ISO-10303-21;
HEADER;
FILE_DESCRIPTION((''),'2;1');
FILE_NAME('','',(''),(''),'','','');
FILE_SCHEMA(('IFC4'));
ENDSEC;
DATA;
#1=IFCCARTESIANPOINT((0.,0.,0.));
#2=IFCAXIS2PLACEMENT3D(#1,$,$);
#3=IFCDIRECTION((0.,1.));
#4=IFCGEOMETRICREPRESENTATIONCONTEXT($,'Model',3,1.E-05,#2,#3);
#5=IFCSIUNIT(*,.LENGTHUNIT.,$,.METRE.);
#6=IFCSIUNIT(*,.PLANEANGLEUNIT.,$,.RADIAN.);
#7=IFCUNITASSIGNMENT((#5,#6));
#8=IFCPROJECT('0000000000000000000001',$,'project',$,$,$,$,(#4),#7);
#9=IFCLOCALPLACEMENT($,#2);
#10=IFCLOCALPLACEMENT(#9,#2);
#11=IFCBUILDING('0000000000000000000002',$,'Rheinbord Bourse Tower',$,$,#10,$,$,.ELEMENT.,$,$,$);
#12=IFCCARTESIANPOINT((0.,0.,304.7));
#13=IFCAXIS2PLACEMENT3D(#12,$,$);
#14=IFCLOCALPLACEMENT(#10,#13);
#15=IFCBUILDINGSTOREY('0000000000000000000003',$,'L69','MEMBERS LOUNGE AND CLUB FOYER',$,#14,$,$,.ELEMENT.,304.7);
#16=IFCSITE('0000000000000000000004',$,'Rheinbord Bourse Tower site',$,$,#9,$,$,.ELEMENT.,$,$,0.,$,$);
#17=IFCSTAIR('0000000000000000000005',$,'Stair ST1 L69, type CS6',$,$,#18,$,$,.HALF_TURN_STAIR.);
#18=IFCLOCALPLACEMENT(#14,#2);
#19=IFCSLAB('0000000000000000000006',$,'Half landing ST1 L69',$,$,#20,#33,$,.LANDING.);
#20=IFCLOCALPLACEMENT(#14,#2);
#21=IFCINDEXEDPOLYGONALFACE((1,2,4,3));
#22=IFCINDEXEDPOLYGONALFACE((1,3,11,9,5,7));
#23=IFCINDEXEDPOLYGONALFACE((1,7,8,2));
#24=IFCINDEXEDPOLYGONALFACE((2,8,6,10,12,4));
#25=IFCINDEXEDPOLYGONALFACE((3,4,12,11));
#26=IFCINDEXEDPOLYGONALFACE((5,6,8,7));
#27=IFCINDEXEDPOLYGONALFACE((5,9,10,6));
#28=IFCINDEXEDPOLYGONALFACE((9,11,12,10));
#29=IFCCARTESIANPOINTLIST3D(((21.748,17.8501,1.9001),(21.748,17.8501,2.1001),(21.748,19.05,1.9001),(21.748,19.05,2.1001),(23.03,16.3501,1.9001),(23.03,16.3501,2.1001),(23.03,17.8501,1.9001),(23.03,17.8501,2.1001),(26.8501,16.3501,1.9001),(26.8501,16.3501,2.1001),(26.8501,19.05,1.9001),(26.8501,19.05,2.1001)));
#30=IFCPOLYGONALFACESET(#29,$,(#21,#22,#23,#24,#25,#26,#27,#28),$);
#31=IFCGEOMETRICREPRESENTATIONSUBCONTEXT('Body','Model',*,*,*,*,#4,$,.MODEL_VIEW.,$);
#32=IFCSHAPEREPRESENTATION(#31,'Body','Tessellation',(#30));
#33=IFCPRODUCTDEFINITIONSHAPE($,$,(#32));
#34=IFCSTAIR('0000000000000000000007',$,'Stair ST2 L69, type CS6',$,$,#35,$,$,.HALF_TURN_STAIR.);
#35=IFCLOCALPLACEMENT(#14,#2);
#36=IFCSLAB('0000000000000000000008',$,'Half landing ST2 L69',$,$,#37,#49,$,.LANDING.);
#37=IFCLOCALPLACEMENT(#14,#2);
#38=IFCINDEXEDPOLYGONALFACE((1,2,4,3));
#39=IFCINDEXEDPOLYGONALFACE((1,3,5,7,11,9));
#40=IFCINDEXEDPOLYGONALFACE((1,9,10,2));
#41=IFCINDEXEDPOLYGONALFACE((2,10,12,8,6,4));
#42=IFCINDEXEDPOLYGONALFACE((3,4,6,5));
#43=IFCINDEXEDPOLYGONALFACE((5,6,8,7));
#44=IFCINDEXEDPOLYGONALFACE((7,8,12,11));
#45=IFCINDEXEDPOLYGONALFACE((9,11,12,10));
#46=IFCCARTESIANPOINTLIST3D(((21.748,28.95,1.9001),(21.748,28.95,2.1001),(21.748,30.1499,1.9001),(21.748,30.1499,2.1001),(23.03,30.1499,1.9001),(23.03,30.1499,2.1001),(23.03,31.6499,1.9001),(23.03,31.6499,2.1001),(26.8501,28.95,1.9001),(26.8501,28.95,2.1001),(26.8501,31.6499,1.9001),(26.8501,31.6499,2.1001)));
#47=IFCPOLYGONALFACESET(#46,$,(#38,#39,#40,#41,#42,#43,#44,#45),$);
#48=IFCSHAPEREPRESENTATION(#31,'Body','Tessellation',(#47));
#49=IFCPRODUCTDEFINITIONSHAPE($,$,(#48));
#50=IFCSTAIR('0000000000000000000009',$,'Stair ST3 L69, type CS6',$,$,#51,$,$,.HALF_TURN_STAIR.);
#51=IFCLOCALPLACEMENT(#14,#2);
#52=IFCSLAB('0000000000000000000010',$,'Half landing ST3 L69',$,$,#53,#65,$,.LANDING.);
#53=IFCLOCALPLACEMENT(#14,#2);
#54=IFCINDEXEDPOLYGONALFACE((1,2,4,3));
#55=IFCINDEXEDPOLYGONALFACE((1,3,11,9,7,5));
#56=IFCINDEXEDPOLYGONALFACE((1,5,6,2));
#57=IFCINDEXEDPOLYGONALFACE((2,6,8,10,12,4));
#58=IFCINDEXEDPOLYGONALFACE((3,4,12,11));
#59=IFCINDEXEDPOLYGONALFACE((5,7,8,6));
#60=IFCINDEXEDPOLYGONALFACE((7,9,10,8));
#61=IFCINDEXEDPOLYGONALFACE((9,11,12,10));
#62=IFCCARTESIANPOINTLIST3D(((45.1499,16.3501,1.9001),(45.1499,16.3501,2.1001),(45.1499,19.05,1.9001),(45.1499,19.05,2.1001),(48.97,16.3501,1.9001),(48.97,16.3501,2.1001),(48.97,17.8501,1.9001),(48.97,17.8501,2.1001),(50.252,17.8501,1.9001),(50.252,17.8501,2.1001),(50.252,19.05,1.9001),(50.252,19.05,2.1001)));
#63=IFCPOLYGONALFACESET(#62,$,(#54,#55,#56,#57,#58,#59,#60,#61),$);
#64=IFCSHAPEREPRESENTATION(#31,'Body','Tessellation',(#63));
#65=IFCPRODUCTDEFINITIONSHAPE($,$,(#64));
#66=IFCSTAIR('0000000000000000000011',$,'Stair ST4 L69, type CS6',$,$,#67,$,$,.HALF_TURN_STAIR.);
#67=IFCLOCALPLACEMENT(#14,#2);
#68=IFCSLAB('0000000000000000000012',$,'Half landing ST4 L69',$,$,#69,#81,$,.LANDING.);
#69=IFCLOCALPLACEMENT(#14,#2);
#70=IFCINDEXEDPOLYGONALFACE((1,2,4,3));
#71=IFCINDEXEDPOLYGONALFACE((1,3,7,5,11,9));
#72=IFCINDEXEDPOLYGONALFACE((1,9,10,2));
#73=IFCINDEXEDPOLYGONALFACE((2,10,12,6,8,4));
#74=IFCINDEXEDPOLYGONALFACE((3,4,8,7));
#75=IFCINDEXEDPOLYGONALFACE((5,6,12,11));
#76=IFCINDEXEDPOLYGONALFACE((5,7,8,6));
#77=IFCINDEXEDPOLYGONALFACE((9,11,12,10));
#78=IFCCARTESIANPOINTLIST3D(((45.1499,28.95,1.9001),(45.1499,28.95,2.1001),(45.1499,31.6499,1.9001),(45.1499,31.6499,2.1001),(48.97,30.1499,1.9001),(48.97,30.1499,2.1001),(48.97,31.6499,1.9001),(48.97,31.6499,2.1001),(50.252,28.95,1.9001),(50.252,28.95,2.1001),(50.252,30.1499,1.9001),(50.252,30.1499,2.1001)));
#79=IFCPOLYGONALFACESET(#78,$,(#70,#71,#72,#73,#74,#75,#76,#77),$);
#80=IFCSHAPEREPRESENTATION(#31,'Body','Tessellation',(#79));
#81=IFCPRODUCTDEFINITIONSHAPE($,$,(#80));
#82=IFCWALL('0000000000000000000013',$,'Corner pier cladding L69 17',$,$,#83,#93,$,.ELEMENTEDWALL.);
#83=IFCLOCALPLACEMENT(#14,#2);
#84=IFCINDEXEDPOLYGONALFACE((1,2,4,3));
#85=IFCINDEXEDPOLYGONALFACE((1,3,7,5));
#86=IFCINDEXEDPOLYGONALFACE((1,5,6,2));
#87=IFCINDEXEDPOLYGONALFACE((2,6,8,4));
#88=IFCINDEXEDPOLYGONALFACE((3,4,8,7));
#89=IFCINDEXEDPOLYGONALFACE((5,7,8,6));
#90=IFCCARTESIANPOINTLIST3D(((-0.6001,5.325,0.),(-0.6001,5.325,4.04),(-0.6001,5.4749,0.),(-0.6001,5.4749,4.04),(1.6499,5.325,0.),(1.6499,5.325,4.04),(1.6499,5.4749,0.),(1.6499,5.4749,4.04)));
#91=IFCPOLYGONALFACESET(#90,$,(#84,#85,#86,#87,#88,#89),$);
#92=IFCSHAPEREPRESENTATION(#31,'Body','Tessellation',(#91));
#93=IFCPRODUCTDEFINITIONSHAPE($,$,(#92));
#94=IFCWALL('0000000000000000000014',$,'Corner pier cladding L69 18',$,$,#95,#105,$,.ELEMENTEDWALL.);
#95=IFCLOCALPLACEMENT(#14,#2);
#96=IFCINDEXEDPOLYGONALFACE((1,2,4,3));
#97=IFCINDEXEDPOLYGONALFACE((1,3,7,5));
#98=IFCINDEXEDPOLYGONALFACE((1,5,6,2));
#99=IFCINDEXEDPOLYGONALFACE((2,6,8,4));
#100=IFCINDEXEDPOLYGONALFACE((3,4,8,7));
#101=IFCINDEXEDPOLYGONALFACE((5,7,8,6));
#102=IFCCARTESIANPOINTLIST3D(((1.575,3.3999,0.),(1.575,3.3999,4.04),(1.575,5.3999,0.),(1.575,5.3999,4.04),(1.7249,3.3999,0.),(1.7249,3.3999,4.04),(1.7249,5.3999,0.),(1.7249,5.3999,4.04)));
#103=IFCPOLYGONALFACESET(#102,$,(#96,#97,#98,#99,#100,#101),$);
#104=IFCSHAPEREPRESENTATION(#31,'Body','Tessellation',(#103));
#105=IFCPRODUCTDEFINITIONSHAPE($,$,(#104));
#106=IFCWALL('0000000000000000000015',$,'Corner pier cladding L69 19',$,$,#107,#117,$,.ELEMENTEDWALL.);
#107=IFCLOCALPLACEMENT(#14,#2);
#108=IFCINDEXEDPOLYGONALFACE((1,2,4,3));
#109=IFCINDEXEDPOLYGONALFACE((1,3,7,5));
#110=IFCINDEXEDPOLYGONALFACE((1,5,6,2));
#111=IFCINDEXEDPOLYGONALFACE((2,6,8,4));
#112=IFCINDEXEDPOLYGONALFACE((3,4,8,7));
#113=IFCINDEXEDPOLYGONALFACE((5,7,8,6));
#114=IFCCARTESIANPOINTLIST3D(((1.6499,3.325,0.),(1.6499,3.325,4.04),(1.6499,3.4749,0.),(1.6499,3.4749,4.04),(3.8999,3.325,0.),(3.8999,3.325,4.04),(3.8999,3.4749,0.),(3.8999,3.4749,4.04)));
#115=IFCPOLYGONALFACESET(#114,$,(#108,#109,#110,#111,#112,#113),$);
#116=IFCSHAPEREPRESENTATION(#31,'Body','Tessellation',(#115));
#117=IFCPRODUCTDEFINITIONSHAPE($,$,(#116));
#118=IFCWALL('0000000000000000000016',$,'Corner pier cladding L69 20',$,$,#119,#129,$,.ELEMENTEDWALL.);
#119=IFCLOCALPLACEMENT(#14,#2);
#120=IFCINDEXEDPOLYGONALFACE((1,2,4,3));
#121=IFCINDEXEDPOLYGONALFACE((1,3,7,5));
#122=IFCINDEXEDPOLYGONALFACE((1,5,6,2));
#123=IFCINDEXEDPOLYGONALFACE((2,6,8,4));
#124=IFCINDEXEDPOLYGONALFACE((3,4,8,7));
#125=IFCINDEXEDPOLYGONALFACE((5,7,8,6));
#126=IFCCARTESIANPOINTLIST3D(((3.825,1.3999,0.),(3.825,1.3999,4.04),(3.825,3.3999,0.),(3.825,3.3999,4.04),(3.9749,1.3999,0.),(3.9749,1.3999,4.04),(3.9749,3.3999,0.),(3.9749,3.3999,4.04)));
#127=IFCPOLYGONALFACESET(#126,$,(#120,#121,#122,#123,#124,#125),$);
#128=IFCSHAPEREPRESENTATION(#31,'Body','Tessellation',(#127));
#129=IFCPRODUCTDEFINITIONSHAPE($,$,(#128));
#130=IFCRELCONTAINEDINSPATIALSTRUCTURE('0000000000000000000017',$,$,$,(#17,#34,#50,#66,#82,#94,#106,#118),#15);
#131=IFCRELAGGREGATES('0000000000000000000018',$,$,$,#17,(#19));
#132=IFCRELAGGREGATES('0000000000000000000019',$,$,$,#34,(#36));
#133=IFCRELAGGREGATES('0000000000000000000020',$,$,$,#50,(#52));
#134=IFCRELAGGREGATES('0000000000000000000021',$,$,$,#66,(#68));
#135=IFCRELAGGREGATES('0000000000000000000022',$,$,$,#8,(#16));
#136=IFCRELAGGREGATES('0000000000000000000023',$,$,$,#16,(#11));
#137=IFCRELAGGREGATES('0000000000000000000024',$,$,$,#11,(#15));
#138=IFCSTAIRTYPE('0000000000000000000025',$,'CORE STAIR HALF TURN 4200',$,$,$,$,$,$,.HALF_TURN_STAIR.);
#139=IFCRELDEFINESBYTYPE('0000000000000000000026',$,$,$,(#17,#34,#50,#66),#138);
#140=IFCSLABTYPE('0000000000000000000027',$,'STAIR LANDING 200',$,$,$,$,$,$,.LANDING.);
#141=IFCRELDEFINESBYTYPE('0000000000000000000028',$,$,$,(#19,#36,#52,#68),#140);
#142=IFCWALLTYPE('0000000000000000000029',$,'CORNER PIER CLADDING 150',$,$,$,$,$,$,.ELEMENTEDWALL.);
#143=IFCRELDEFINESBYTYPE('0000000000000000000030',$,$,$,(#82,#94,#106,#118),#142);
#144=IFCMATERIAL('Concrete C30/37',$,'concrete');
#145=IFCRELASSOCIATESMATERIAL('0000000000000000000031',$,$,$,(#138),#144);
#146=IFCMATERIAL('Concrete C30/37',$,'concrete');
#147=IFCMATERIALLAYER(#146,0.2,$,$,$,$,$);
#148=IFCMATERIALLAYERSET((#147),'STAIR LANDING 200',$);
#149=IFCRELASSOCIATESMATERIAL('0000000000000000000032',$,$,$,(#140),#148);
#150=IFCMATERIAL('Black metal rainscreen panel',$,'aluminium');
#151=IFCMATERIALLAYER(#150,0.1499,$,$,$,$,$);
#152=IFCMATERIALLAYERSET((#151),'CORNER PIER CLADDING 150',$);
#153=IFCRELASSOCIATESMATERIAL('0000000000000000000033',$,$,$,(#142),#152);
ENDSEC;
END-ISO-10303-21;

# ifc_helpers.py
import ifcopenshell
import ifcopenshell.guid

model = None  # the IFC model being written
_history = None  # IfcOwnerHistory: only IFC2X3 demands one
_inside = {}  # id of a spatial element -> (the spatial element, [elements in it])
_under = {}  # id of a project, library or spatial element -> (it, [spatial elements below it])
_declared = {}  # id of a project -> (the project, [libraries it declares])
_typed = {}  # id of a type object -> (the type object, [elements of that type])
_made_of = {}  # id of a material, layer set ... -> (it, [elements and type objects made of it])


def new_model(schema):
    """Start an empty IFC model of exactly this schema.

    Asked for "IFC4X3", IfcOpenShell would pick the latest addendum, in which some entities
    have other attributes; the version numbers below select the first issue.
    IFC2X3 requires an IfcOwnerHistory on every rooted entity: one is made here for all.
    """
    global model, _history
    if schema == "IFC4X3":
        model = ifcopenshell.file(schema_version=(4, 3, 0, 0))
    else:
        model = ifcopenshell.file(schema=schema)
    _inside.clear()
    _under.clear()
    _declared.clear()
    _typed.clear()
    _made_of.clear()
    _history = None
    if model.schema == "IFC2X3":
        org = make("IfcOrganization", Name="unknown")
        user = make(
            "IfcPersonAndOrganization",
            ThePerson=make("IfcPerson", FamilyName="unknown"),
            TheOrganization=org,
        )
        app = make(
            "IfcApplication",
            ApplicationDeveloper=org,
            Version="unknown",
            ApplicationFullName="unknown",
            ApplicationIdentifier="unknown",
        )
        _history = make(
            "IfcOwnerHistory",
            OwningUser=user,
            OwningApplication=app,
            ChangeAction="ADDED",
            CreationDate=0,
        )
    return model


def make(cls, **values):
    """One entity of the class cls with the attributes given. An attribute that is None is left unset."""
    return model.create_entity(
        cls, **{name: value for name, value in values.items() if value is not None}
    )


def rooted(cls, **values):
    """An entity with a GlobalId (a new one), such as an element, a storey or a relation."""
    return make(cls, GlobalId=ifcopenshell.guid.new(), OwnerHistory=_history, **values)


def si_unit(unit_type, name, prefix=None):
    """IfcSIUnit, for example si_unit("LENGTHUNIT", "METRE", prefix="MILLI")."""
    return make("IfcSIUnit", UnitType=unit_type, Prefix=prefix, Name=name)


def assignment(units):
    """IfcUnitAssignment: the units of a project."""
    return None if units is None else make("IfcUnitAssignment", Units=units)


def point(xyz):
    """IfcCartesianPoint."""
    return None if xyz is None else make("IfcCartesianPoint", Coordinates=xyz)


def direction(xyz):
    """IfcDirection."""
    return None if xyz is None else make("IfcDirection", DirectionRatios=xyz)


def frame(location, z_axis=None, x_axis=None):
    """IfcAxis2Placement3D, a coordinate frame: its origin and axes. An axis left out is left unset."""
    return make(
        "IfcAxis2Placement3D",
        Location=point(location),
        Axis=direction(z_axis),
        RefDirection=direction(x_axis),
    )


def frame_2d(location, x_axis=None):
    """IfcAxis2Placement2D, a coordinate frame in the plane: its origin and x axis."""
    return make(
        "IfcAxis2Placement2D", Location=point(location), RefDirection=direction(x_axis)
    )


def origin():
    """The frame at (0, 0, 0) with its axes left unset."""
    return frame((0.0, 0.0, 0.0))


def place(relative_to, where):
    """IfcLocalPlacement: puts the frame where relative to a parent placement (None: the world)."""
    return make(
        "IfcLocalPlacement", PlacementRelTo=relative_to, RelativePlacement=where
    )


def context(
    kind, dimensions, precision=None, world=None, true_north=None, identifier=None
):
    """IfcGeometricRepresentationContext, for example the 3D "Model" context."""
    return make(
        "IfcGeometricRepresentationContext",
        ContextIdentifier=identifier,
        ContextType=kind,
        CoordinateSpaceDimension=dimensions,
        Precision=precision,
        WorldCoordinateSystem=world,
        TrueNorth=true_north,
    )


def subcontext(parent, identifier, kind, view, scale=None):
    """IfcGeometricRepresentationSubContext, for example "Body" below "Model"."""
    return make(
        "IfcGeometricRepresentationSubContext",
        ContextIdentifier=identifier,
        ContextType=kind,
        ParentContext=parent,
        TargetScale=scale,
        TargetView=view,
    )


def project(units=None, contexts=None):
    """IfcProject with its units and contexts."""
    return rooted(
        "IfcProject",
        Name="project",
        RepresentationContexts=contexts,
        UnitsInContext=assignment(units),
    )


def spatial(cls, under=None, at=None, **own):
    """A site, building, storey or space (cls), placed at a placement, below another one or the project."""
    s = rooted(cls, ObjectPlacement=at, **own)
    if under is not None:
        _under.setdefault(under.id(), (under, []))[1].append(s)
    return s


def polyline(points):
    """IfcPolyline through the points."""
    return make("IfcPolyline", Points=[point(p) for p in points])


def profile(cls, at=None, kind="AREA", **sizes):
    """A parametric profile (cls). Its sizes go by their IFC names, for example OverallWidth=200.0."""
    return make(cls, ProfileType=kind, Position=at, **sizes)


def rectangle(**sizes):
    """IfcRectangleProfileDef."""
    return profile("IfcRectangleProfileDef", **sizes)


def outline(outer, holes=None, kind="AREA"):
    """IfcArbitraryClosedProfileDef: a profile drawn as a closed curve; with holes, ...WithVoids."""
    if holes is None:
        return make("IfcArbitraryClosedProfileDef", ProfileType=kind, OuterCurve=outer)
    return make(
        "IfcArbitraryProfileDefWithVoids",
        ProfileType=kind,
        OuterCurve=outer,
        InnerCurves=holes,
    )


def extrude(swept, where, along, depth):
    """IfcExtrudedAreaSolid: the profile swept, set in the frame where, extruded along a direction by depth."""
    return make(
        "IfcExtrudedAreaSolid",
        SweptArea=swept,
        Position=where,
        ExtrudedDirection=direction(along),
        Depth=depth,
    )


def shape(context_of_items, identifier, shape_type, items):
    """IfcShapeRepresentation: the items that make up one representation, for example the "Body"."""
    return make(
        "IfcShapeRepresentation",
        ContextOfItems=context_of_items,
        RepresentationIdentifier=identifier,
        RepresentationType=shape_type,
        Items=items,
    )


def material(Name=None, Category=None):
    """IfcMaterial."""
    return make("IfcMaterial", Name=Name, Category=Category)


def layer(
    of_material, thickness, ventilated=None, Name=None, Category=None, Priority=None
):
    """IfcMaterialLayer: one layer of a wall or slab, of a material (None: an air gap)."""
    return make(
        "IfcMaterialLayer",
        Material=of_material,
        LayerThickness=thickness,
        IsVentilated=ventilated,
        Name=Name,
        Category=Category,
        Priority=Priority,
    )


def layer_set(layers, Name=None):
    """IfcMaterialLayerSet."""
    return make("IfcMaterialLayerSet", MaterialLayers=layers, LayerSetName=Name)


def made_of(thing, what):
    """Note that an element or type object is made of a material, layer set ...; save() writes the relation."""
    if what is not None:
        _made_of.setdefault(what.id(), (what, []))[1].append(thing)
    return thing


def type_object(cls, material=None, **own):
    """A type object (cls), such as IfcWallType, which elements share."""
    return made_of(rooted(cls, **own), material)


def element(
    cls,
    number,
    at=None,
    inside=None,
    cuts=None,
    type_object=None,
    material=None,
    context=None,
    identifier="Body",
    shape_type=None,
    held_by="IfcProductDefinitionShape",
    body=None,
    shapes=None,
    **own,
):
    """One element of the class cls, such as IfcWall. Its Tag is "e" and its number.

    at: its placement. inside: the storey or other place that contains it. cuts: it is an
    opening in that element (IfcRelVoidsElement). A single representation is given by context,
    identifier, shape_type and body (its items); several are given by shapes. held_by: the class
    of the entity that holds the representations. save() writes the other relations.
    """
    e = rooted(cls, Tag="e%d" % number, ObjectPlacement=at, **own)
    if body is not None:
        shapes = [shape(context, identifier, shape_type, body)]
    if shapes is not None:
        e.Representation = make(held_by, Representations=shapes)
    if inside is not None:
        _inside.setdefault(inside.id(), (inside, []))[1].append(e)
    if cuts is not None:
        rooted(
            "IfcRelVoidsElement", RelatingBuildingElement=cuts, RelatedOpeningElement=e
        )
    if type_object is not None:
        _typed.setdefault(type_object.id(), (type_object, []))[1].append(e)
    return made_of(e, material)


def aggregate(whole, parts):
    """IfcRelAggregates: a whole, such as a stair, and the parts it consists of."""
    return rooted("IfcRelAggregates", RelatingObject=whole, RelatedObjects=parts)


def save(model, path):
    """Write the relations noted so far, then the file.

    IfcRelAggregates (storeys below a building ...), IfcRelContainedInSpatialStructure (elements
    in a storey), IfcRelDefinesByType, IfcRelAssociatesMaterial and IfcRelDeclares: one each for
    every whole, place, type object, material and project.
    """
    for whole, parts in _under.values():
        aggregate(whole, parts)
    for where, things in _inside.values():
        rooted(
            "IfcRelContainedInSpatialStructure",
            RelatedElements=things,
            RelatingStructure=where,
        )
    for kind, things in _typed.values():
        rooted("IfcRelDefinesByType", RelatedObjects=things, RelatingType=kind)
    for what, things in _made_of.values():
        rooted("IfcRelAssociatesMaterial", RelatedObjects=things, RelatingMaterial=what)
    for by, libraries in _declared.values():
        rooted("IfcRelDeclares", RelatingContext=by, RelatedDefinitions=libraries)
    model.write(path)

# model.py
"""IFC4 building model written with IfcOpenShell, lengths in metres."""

from ifc_helpers import new_model, si_unit, direction, frame, frame_2d, origin, place, context, subcontext, project, spatial, polyline, rectangle, outline, extrude, material, layer, layer_set, type_object, element, aggregate, save


model = new_model("IFC4")

# Units and contexts
model_context = context("Model", 3, precision=1e-05, world=origin(), true_north=direction((0.0, 1.0)))
body_context = subcontext(model_context, "Body", "Model", "MODEL_VIEW")
ifc_project = project(units=[si_unit("LENGTHUNIT", "METRE"), si_unit("PLANEANGLEUNIT", "RADIAN")], contexts=[model_context])

# Site, building, storey
site_placement = place(None, origin())
site = spatial("IfcSite", under=ifc_project, at=site_placement, Name="Rheinbord Bourse Tower site", CompositionType="ELEMENT", RefElevation=0.0)
building_placement = place(site_placement, origin())
building = spatial("IfcBuilding", under=site, at=building_placement, Name="Rheinbord Bourse Tower", CompositionType="ELEMENT")
storey_placement = place(building_placement, frame((0.0, 0.0, 304.7)))
storey = spatial("IfcBuildingStorey", under=building, at=storey_placement, Name="L69", Description="MEMBERS LOUNGE AND CLUB FOYER", CompositionType="ELEMENT", Elevation=304.7)

# Stairs, slabs
ifc_material_1 = material(Name="Concrete C30/37", Category="concrete")
stair_type = type_object("IfcStairType", Name="CORE STAIR HALF TURN 4200", PredefinedType="HALF_TURN_STAIR", material=ifc_material_1)
stair_1_placement = place(storey_placement, origin())
stair_1 = element("IfcStair", 1, at=stair_1_placement, inside=storey, type_object=stair_type, Name="Stair ST1 L69, type CS6", PredefinedType="HALF_TURN_STAIR")
ifc_material_2 = material(Name="Concrete C30/37", Category="concrete")
ifc_layer_1 = layer(ifc_material_2, 0.2)
ifc_layer_set_1 = layer_set([ifc_layer_1], Name="STAIR LANDING 200")
slab_type_1 = type_object("IfcSlabType", Name="STAIR LANDING 200", PredefinedType="LANDING", material=ifc_layer_set_1)
slab_1_placement = place(storey_placement, frame((0.0, 0.0, 1.9001)))
slab_1 = element("IfcSlab", 2, at=slab_1_placement, type_object=slab_type_1, Name="Half landing ST1 L69", PredefinedType="LANDING", context=body_context, shape_type="SweptSolid", body=[
    extrude(outline(polyline([(23.03, 16.3501), (26.8501, 16.3501), (26.8501, 19.05), (21.748, 19.05), (21.748, 17.8501), (23.03, 17.8501), (23.03, 16.3501)])), origin(), (0.0, 0.0, 1.0), 0.2),
])
aggregate(stair_1, [slab_1])
stair_2_placement = place(storey_placement, origin())
stair_2 = element("IfcStair", 3, at=stair_2_placement, inside=storey, type_object=stair_type, Name="Stair ST2 L69, type CS6", PredefinedType="HALF_TURN_STAIR")
slab_2_placement = place(storey_placement, frame((0.0, 0.0, 1.9001)))
slab_2 = element("IfcSlab", 4, at=slab_2_placement, type_object=slab_type_1, Name="Half landing ST2 L69", PredefinedType="LANDING", context=body_context, shape_type="SweptSolid", body=[
    extrude(outline(polyline([(21.748, 28.95), (26.8501, 28.95), (26.8501, 31.6499), (23.03, 31.6499), (23.03, 30.1499), (21.748, 30.1499), (21.748, 28.95)])), origin(), (0.0, 0.0, 1.0), 0.2),
])
aggregate(stair_2, [slab_2])
stair_3_placement = place(storey_placement, origin())
stair_3 = element("IfcStair", 5, at=stair_3_placement, inside=storey, type_object=stair_type, Name="Stair ST3 L69, type CS6", PredefinedType="HALF_TURN_STAIR")
slab_3_placement = place(storey_placement, frame((0.0, 0.0, 1.9001)))
slab_3 = element("IfcSlab", 6, at=slab_3_placement, type_object=slab_type_1, Name="Half landing ST3 L69", PredefinedType="LANDING", context=body_context, shape_type="SweptSolid", body=[
    extrude(outline(polyline([(45.1499, 16.3501), (48.97, 16.3501), (48.97, 17.8501), (50.252, 17.8501), (50.252, 19.05), (45.1499, 19.05), (45.1499, 16.3501)])), origin(), (0.0, 0.0, 1.0), 0.2),
])
aggregate(stair_3, [slab_3])
stair_4_placement = place(storey_placement, origin())
stair_4 = element("IfcStair", 7, at=stair_4_placement, inside=storey, type_object=stair_type, Name="Stair ST4 L69, type CS6", PredefinedType="HALF_TURN_STAIR")
slab_4_placement = place(storey_placement, frame((0.0, 0.0, 1.9001)))
slab_4 = element("IfcSlab", 8, at=slab_4_placement, type_object=slab_type_1, Name="Half landing ST4 L69", PredefinedType="LANDING", context=body_context, shape_type="SweptSolid", body=[
    extrude(outline(polyline([(45.1499, 28.95), (50.252, 28.95), (50.252, 30.1499), (48.97, 30.1499), (48.97, 31.6499), (45.1499, 31.6499), (45.1499, 28.95)])), origin(), (0.0, 0.0, 1.0), 0.2),
])
aggregate(stair_4, [slab_4])

# Walls
ifc_material_3 = material(Name="Black metal rainscreen panel", Category="aluminium")
ifc_layer_2 = layer(ifc_material_3, 0.1499)
ifc_layer_set_2 = layer_set([ifc_layer_2], Name="CORNER PIER CLADDING 150")
wall_type = type_object("IfcWallType", Name="CORNER PIER CLADDING 150", PredefinedType="ELEMENTEDWALL", material=ifc_layer_set_2)
wall_1_placement = place(storey_placement, frame((-0.6001, 5.3999, 0.0), z_axis=(0.0, 0.0, 1.0), x_axis=(1.0, 0.0, 0.0)))
element("IfcWall", 9, at=wall_1_placement, inside=storey, type_object=wall_type, Name="Corner pier cladding L69 17", PredefinedType="ELEMENTEDWALL", context=body_context, shape_type="SweptSolid", body=[
    extrude(rectangle(XDim=2.25, YDim=0.1499, at=frame_2d((1.125, 0.0))), origin(), (0.0, 0.0, 1.0), 4.04),
])
wall_2_placement = place(storey_placement, frame((1.6499, 5.3999, 0.0), z_axis=(0.0, 0.0, 1.0), x_axis=(0.0, -1.0, 0.0)))
element("IfcWall", 10, at=wall_2_placement, inside=storey, type_object=wall_type, Name="Corner pier cladding L69 18", PredefinedType="ELEMENTEDWALL", context=body_context, shape_type="SweptSolid", body=[
    extrude(rectangle(XDim=2.0, YDim=0.1499, at=frame_2d((1.0, 0.0))), origin(), (0.0, 0.0, 1.0), 4.04),
])
wall_3_placement = place(storey_placement, frame((1.6499, 3.3999, 0.0), z_axis=(0.0, 0.0, 1.0), x_axis=(1.0, 0.0, 0.0)))
element("IfcWall", 11, at=wall_3_placement, inside=storey, type_object=wall_type, Name="Corner pier cladding L69 19", PredefinedType="ELEMENTEDWALL", context=body_context, shape_type="SweptSolid", body=[
    extrude(rectangle(XDim=2.25, YDim=0.1499, at=frame_2d((1.125, 0.0))), origin(), (0.0, 0.0, 1.0), 4.04),
])
wall_4_placement = place(storey_placement, frame((3.8999, 3.3999, 0.0), z_axis=(0.0, 0.0, 1.0), x_axis=(0.0, -1.0, 0.0)))
element("IfcWall", 12, at=wall_4_placement, inside=storey, type_object=wall_type, Name="Corner pier cladding L69 20", PredefinedType="ELEMENTEDWALL", context=body_context, shape_type="SweptSolid", body=[
    extrude(rectangle(XDim=2.0, YDim=0.1499, at=frame_2d((1.0, 0.0))), origin(), (0.0, 0.0, 1.0), 4.04),
])

save(model, "model.ifc")
